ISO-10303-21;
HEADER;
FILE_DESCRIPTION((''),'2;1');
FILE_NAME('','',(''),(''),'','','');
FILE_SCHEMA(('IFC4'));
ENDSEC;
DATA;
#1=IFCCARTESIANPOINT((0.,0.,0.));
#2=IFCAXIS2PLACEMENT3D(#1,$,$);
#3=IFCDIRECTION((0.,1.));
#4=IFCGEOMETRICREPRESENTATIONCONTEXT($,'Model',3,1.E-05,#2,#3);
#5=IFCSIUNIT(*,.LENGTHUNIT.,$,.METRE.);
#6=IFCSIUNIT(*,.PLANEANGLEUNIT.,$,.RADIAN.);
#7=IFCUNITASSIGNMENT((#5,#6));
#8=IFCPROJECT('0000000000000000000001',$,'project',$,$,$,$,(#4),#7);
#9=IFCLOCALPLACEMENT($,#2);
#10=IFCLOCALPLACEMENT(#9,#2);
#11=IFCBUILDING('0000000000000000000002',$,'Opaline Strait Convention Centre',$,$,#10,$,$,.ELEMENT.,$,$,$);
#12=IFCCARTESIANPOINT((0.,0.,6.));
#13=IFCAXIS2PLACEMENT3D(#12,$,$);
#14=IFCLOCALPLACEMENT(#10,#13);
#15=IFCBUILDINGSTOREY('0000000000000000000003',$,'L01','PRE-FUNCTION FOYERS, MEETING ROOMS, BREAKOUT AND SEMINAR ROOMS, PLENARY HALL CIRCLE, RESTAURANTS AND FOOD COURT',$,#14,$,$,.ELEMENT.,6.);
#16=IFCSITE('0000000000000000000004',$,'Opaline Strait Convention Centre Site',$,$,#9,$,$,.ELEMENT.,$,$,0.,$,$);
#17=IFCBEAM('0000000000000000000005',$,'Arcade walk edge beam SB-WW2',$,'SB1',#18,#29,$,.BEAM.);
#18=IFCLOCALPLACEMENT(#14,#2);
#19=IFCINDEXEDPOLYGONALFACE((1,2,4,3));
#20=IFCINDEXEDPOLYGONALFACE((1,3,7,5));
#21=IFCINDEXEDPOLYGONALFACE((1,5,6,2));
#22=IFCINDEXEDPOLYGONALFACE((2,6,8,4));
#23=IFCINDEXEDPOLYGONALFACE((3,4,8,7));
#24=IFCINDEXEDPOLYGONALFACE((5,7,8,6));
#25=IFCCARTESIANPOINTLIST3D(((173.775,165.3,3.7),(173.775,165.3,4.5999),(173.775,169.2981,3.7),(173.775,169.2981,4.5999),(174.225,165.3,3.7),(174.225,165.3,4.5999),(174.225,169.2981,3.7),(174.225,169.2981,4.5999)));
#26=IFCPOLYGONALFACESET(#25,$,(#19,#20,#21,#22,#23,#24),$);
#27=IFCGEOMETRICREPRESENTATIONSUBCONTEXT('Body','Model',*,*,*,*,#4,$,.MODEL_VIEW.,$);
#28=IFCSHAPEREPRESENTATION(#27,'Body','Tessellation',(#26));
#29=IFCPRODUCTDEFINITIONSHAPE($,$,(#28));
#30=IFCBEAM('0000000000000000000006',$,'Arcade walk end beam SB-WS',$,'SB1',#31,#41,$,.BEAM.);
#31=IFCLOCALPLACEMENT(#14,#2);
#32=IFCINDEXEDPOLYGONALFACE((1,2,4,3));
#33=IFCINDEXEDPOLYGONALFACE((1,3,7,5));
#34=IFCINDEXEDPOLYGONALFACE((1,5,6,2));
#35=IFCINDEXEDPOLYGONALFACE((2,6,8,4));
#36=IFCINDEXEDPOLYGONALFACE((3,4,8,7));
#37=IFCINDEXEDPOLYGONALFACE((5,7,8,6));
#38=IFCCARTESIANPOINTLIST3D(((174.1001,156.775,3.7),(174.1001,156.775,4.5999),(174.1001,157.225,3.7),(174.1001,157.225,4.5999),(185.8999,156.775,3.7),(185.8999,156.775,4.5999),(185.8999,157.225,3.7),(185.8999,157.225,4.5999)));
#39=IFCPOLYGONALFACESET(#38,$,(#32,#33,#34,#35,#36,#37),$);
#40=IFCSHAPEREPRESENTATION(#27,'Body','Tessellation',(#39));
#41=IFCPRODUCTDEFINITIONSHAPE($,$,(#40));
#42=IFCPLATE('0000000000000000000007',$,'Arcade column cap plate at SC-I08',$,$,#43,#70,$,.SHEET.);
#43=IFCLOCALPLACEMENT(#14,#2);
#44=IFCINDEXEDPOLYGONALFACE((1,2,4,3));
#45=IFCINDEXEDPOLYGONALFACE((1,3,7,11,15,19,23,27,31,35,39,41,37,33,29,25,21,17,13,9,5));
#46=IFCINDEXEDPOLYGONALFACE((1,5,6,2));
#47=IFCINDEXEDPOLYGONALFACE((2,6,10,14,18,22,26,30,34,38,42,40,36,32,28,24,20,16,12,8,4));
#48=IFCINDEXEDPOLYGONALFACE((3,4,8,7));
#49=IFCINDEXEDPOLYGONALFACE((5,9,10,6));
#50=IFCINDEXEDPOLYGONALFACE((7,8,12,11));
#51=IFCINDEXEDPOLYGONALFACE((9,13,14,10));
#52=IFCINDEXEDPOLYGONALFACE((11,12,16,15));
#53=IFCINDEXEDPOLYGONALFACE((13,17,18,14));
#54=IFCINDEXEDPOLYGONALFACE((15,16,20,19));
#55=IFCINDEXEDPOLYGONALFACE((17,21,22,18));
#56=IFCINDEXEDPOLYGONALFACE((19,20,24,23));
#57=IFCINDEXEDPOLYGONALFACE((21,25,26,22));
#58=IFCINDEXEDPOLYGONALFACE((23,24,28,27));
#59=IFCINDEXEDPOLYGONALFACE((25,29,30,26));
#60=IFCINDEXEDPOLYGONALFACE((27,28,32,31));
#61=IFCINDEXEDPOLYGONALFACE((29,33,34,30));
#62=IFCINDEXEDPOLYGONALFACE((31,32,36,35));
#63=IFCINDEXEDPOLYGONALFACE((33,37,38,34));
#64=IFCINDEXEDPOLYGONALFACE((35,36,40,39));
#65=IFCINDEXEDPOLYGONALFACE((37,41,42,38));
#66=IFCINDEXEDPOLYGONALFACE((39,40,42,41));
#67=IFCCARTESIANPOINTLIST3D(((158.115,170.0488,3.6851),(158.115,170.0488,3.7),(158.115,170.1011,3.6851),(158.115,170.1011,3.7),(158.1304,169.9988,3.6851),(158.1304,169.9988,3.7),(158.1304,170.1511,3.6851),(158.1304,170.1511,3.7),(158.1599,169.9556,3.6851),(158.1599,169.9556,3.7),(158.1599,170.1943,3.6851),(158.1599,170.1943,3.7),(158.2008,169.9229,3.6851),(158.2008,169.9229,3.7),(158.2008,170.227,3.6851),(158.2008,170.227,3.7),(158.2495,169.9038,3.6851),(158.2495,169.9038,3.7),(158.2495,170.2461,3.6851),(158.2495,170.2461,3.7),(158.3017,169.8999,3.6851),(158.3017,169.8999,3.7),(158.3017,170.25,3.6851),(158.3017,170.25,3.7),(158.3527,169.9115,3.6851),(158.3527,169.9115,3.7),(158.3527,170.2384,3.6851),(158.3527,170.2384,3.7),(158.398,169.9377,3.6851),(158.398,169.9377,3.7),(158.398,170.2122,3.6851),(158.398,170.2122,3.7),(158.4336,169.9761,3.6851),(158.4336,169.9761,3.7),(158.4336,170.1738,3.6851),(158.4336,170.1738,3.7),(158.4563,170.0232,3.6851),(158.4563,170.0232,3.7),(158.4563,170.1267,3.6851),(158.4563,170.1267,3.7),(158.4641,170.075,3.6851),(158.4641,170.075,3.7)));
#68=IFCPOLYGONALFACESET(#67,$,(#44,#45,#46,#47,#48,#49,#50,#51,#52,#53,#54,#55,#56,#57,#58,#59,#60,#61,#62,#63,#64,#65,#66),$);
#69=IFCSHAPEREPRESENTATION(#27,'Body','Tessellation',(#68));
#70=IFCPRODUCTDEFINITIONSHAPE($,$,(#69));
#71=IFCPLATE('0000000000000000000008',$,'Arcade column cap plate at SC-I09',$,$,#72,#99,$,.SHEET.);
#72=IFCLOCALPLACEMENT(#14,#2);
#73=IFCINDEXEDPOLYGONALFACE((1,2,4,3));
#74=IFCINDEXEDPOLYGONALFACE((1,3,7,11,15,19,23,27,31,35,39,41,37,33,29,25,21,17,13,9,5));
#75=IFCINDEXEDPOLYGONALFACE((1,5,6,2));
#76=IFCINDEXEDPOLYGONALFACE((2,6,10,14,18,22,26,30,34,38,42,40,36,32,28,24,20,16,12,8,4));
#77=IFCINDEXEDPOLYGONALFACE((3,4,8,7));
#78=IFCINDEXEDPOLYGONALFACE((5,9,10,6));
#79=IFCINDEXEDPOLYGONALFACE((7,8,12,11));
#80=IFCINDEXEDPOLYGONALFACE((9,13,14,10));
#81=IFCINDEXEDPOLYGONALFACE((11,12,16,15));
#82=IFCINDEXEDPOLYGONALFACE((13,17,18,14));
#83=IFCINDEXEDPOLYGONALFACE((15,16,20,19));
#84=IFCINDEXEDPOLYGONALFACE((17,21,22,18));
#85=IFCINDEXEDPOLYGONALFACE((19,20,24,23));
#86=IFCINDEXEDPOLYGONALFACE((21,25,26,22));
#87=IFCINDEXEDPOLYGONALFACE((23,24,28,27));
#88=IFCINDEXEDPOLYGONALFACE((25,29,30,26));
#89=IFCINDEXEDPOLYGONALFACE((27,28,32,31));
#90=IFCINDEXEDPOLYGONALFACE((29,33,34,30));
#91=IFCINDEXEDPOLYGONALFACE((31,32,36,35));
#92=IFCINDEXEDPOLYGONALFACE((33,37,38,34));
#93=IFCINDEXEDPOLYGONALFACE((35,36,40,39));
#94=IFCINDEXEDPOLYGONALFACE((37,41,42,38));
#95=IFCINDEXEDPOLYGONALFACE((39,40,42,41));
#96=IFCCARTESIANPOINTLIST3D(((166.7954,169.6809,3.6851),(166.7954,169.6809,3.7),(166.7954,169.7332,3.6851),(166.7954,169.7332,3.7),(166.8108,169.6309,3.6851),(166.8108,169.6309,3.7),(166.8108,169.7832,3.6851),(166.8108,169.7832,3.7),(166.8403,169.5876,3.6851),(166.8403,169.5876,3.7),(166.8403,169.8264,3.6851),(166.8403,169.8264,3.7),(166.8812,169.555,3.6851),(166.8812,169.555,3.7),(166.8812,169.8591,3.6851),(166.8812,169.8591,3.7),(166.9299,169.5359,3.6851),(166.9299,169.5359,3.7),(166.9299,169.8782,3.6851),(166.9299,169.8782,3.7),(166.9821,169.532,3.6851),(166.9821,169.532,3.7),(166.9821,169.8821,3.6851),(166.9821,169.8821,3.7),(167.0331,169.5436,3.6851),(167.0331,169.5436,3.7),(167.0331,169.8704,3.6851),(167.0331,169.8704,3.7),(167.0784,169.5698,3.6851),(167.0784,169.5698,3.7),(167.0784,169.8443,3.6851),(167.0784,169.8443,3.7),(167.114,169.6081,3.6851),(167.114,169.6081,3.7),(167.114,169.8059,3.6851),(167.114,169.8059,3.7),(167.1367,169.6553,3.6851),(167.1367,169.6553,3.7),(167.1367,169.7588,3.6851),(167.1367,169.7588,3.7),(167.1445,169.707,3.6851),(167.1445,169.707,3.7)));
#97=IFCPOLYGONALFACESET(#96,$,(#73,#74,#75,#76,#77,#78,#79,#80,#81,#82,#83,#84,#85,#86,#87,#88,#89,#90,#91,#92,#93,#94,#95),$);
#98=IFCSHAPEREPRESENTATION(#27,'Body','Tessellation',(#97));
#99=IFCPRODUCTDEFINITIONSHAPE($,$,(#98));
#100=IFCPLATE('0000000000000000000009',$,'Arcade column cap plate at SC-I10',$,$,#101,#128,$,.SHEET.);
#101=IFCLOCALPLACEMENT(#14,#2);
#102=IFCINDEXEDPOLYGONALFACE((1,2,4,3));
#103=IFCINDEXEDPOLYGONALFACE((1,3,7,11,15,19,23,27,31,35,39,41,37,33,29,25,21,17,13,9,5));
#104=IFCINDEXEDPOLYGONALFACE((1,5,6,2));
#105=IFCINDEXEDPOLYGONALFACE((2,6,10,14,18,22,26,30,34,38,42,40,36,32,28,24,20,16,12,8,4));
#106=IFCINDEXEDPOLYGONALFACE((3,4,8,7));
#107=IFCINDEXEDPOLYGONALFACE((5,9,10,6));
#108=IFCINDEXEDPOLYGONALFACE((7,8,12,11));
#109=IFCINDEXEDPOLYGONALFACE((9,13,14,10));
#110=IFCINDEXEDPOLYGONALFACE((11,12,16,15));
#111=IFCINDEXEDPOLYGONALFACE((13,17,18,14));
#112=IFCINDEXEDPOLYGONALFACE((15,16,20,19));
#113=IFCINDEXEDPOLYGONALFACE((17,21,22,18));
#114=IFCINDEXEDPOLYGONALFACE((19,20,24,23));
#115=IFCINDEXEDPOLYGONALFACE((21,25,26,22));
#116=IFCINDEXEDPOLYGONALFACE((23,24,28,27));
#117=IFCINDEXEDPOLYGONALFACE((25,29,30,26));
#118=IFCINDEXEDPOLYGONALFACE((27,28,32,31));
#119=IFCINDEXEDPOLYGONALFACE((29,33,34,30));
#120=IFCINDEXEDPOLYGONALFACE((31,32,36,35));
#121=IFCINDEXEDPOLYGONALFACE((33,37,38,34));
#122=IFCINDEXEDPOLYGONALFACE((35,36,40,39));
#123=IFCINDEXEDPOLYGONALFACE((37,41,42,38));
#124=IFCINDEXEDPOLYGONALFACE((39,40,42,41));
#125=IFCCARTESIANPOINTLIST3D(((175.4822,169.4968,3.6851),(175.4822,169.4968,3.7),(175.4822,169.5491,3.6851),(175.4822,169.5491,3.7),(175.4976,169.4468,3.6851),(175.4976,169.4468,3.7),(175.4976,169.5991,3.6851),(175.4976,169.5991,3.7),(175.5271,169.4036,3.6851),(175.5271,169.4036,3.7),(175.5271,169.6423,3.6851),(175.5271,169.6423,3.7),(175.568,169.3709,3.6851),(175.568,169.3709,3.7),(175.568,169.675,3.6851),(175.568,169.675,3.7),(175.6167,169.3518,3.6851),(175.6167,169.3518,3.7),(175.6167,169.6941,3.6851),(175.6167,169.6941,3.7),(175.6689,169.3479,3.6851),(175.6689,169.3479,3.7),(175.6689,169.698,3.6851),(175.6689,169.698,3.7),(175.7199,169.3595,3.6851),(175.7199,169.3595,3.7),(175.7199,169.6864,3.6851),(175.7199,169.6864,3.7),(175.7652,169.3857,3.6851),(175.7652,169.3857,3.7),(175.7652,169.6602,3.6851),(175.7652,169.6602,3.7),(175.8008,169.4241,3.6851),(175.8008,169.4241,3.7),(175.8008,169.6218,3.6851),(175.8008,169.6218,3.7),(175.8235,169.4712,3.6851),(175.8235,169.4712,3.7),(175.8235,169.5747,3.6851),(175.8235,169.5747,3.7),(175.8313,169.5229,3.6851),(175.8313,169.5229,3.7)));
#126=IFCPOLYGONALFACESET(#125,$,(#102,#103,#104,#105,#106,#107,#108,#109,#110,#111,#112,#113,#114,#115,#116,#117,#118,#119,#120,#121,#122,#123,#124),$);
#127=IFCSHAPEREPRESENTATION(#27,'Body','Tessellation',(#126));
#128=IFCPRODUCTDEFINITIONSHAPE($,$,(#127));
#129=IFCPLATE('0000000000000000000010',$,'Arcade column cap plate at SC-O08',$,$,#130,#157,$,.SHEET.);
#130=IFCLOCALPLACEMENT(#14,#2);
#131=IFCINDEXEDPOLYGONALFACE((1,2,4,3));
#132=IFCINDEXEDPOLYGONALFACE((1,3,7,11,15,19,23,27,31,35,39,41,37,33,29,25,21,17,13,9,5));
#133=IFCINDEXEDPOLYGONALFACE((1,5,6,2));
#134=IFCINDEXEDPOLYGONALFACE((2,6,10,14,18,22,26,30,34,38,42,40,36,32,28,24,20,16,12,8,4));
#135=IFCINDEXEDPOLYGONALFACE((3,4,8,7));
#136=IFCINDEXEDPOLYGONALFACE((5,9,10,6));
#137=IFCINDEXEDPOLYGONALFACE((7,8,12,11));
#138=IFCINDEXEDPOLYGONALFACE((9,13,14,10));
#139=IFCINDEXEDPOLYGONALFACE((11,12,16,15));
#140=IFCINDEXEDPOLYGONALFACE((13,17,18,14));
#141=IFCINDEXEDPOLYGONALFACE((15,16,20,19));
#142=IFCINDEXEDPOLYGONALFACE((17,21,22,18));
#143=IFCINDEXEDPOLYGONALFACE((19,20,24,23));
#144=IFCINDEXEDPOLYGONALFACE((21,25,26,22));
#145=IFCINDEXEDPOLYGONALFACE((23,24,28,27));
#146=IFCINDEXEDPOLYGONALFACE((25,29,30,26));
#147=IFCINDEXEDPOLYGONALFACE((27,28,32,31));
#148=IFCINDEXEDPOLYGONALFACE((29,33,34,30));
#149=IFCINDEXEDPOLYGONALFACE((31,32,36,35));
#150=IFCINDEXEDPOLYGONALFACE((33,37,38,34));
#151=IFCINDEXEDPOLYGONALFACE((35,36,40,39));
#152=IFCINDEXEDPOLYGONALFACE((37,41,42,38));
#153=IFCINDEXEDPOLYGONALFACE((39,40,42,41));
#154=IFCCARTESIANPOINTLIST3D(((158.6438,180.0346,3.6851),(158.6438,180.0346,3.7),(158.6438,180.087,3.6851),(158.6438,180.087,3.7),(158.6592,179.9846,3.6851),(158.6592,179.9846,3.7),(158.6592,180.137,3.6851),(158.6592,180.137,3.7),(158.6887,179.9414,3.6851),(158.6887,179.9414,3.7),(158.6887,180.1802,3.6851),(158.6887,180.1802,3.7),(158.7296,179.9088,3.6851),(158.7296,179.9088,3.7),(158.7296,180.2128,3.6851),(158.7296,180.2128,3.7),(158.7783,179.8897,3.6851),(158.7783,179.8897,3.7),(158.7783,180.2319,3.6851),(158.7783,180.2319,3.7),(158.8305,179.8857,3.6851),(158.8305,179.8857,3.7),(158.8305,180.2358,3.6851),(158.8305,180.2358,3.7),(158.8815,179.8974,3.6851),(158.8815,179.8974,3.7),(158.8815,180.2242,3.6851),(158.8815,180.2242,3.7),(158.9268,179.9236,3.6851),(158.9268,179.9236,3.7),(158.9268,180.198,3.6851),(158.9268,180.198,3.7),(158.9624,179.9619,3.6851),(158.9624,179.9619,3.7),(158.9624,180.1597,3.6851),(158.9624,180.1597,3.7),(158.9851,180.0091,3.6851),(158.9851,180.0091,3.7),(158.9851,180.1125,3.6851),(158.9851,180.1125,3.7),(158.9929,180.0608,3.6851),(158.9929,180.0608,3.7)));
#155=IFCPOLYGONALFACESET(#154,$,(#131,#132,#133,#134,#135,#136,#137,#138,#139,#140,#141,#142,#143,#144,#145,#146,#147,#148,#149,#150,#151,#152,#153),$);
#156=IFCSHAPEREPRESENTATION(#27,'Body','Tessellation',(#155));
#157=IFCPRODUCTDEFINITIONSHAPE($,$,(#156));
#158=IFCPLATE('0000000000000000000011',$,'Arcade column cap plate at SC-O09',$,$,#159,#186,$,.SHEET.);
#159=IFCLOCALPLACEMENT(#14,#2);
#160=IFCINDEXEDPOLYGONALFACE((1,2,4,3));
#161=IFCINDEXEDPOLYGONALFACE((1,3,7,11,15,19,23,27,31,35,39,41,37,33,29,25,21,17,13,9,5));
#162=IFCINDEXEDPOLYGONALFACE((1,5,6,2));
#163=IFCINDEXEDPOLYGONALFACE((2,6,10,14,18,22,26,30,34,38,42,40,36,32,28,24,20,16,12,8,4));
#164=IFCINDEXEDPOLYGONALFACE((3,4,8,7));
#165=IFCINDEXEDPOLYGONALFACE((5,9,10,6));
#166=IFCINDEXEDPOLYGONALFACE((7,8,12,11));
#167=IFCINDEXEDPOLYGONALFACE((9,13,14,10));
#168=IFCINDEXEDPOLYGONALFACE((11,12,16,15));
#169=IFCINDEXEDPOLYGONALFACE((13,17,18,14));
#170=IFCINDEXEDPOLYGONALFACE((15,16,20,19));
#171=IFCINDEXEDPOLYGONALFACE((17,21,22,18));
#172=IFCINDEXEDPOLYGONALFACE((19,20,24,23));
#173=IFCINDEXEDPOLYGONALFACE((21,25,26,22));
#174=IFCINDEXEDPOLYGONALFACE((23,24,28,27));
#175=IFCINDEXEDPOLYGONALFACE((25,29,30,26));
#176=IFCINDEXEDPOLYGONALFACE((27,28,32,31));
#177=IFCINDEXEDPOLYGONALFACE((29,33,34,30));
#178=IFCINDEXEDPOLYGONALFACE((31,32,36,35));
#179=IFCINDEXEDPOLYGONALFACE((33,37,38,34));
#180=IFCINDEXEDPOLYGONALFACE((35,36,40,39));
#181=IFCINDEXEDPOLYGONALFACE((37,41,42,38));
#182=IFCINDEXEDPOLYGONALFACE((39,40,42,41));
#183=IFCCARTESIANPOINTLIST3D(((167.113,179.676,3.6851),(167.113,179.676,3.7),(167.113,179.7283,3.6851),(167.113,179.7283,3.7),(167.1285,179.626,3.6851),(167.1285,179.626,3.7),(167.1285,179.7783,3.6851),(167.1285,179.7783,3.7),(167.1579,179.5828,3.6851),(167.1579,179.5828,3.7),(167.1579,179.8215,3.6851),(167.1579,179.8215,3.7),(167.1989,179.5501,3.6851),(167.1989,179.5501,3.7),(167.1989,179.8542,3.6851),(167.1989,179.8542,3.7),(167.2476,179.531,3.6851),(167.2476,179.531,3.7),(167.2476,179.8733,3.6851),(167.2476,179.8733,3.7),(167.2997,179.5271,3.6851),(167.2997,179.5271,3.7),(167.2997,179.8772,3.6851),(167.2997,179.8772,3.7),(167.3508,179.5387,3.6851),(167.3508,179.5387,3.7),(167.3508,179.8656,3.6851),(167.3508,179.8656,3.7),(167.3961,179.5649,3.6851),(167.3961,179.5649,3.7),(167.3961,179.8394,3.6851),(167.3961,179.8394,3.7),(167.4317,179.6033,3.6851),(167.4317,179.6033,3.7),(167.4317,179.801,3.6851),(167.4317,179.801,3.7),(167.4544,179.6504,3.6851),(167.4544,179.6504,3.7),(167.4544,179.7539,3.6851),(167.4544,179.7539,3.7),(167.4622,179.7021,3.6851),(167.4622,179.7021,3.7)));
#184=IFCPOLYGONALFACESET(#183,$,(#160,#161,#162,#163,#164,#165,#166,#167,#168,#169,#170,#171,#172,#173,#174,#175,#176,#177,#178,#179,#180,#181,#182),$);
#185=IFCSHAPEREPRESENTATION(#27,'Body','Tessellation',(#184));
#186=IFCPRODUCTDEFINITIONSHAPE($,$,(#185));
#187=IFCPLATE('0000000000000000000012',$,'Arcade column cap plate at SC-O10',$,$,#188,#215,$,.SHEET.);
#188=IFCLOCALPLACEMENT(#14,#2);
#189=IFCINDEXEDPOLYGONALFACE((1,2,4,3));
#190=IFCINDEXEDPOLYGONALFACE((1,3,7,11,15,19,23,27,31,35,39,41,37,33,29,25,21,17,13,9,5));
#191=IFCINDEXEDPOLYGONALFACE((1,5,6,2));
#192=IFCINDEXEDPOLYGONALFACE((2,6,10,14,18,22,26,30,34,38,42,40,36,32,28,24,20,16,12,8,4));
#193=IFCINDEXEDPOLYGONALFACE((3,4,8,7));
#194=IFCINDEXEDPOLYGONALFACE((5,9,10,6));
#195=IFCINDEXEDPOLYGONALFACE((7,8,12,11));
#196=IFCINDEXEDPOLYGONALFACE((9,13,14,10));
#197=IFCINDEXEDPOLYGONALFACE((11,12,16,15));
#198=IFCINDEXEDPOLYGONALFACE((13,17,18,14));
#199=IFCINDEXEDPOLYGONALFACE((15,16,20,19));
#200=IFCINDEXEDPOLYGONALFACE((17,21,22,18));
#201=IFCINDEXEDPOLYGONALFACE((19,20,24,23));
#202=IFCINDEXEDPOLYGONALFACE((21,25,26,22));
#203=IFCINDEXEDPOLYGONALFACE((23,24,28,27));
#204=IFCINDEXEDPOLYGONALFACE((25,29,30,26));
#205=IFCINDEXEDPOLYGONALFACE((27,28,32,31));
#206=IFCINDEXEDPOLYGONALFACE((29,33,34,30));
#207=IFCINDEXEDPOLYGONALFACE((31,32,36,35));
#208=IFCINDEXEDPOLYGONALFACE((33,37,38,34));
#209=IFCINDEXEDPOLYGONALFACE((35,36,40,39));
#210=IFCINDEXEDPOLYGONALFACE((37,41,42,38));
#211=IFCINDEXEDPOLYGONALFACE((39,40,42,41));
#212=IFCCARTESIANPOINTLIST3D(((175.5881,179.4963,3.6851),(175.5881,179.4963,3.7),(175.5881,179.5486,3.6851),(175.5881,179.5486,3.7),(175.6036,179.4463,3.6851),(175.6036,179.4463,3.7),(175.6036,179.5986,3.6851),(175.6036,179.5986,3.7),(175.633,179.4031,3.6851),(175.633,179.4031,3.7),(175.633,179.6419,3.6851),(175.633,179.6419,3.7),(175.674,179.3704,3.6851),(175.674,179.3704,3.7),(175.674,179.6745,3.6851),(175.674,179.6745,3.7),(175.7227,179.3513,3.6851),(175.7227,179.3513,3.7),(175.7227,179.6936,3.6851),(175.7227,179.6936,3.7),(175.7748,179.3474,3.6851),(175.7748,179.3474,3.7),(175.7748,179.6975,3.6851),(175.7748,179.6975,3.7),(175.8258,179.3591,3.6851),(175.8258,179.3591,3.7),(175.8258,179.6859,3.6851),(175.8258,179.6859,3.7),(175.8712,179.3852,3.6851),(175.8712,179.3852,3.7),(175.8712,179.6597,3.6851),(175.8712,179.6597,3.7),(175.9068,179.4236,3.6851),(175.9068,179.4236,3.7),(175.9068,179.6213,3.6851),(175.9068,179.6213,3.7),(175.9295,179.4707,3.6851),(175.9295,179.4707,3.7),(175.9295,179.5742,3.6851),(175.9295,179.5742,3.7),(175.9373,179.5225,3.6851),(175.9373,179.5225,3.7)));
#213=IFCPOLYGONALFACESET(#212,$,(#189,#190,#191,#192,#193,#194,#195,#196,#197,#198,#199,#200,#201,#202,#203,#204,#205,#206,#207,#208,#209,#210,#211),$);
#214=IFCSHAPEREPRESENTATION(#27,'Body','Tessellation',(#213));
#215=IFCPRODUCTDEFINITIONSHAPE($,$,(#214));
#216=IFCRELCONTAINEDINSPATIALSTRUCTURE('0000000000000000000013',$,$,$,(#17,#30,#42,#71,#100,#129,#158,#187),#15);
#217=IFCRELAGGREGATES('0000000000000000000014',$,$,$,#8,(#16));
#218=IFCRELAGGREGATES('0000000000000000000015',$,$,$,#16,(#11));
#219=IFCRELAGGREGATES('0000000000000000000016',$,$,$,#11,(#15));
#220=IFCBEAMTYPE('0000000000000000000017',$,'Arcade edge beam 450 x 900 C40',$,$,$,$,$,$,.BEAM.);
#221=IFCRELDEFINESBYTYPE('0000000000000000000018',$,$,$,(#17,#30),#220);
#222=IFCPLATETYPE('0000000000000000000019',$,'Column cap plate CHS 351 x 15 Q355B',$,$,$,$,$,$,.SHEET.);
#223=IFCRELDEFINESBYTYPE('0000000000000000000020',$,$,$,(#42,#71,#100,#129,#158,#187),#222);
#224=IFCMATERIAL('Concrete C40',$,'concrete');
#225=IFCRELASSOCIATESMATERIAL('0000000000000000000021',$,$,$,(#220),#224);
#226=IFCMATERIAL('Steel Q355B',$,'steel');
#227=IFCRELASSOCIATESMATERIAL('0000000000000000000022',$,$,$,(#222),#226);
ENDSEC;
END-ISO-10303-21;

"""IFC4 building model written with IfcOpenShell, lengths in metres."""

from ifc_helpers import new_model, si_unit, direction, frame, origin, origin_2d, place, context, subcontext, project, spatial, rectangle, circle, extrude, material, material_profile, profile_set, type_object, element, save


model = new_model("IFC4")

# Units and contexts
model_context = context("Model", 3, precision=1e-05, world=origin(), true_north=direction((0.0, 1.0)))
body_context = subcontext(model_context, "Body", "Model", "MODEL_VIEW")
ifc_project = project(units=[si_unit("LENGTHUNIT", "METRE"), si_unit("PLANEANGLEUNIT", "RADIAN")], contexts=[model_context])

# Site, building, storey
site_placement = place(None, origin())
site = spatial("IfcSite", under=ifc_project, at=site_placement, Name="Opaline Strait Convention Centre Site", CompositionType="ELEMENT", RefElevation=0.0)
building_placement = place(site_placement, origin())
building = spatial("IfcBuilding", under=site, at=building_placement, Name="Opaline Strait Convention Centre", CompositionType="ELEMENT")
storey_placement = place(building_placement, frame((0.0, 0.0, 6.0)))
storey = spatial("IfcBuildingStorey", under=building, at=storey_placement, Name="L01", Description="PRE-FUNCTION FOYERS, MEETING ROOMS, BREAKOUT AND SEMINAR ROOMS, PLENARY HALL CIRCLE, RESTAURANTS AND FOOD COURT", CompositionType="ELEMENT", Elevation=6.0)

# Shared definitions
ifc_material_1 = material(Name="Steel Q355B", Category="steel")

# Beams
ifc_material_2 = material(Name="Concrete C40", Category="concrete")
ifc_material_profile_1 = material_profile(ifc_material_2, rectangle(XDim=0.45, YDim=0.8999, at=origin_2d()), Name="RC 450x900")
ifc_profile_set_1 = profile_set([ifc_material_profile_1], Name="Concrete C40")
beam_type = type_object("IfcBeamType", Name="Arcade edge beam 450 x 900 C40", PredefinedType="BEAM", material=ifc_profile_set_1)
beam_1_placement = place(storey_placement, frame((174.0, 165.3, 4.1499), z_axis=(0.0, 1.0, 0.0), x_axis=(-1.0, 0.0, 0.0)))
element("IfcBeam", 1, at=beam_1_placement, inside=storey, type_object=beam_type, Name="Arcade walk edge beam SB-WW2", ObjectType="SB1", PredefinedType="BEAM", context=body_context, shape_type="SweptSolid", body=[
    extrude(rectangle(XDim=0.45, YDim=0.8999, at=origin_2d()), origin(), (0.0, 0.0, 1.0), 3.998),
])
beam_2_placement = place(storey_placement, frame((174.1001, 157.0, 4.1499), z_axis=(1.0, 0.0, 0.0), x_axis=(0.0, 1.0, 0.0)))
element("IfcBeam", 2, at=beam_2_placement, inside=storey, type_object=beam_type, Name="Arcade walk end beam SB-WS", ObjectType="SB1", PredefinedType="BEAM", context=body_context, shape_type="SweptSolid", body=[
    extrude(rectangle(XDim=0.45, YDim=0.8999, at=origin_2d()), origin(), (0.0, 0.0, 1.0), 11.7998),
])

# Plates
ifc_material_profile_2 = material_profile(ifc_material_1, circle(Radius=0.1755, at=origin_2d()), Name="D351")
ifc_profile_set_2 = profile_set([ifc_material_profile_2], Name="Steel Q355B")
plate_type = type_object("IfcPlateType", Name="Column cap plate CHS 351 x 15 Q355B", PredefinedType="SHEET", material=ifc_profile_set_2)
for number, where, z_axis, x_axis, name in (
    (3, (158.2886, 170.075, 3.6851), (0.0, 0.0, 1.0), (1.0, 0.0, 0.0), "Arcade column cap plate at SC-I08"),
    (4, (166.969, 169.707, 3.6851), (0.0, 0.0, 1.0), (1.0, 0.0, 0.0), "Arcade column cap plate at SC-I09"),
    (5, (175.6558, 169.5229, 3.6851), (0.0, 0.0, 1.0), (1.0, 0.0, 0.0), "Arcade column cap plate at SC-I10"),
    (6, (158.8174, 180.0608, 3.6851), (0.0, 0.0, 1.0), (1.0, 0.0, 0.0), "Arcade column cap plate at SC-O08"),
    (7, (167.2866, 179.7021, 3.6851), (0.0, 0.0, 1.0), (1.0, 0.0, 0.0), "Arcade column cap plate at SC-O09"),
    (8, (175.7617, 179.5225, 3.6851), (0.0, 0.0, 1.0), (1.0, 0.0, 0.0), "Arcade column cap plate at SC-O10"),
):
    element("IfcPlate", number, at=place(storey_placement, frame(where, z_axis=z_axis, x_axis=x_axis)), inside=storey, type_object=plate_type, Name=name, PredefinedType="SHEET", context=body_context, shape_type="SweptSolid", body=[
        extrude(circle(Radius=0.1755, at=origin_2d()), origin(), (0.0, 0.0, 1.0), 0.0149),
    ])

save(model, "model.ifc")
